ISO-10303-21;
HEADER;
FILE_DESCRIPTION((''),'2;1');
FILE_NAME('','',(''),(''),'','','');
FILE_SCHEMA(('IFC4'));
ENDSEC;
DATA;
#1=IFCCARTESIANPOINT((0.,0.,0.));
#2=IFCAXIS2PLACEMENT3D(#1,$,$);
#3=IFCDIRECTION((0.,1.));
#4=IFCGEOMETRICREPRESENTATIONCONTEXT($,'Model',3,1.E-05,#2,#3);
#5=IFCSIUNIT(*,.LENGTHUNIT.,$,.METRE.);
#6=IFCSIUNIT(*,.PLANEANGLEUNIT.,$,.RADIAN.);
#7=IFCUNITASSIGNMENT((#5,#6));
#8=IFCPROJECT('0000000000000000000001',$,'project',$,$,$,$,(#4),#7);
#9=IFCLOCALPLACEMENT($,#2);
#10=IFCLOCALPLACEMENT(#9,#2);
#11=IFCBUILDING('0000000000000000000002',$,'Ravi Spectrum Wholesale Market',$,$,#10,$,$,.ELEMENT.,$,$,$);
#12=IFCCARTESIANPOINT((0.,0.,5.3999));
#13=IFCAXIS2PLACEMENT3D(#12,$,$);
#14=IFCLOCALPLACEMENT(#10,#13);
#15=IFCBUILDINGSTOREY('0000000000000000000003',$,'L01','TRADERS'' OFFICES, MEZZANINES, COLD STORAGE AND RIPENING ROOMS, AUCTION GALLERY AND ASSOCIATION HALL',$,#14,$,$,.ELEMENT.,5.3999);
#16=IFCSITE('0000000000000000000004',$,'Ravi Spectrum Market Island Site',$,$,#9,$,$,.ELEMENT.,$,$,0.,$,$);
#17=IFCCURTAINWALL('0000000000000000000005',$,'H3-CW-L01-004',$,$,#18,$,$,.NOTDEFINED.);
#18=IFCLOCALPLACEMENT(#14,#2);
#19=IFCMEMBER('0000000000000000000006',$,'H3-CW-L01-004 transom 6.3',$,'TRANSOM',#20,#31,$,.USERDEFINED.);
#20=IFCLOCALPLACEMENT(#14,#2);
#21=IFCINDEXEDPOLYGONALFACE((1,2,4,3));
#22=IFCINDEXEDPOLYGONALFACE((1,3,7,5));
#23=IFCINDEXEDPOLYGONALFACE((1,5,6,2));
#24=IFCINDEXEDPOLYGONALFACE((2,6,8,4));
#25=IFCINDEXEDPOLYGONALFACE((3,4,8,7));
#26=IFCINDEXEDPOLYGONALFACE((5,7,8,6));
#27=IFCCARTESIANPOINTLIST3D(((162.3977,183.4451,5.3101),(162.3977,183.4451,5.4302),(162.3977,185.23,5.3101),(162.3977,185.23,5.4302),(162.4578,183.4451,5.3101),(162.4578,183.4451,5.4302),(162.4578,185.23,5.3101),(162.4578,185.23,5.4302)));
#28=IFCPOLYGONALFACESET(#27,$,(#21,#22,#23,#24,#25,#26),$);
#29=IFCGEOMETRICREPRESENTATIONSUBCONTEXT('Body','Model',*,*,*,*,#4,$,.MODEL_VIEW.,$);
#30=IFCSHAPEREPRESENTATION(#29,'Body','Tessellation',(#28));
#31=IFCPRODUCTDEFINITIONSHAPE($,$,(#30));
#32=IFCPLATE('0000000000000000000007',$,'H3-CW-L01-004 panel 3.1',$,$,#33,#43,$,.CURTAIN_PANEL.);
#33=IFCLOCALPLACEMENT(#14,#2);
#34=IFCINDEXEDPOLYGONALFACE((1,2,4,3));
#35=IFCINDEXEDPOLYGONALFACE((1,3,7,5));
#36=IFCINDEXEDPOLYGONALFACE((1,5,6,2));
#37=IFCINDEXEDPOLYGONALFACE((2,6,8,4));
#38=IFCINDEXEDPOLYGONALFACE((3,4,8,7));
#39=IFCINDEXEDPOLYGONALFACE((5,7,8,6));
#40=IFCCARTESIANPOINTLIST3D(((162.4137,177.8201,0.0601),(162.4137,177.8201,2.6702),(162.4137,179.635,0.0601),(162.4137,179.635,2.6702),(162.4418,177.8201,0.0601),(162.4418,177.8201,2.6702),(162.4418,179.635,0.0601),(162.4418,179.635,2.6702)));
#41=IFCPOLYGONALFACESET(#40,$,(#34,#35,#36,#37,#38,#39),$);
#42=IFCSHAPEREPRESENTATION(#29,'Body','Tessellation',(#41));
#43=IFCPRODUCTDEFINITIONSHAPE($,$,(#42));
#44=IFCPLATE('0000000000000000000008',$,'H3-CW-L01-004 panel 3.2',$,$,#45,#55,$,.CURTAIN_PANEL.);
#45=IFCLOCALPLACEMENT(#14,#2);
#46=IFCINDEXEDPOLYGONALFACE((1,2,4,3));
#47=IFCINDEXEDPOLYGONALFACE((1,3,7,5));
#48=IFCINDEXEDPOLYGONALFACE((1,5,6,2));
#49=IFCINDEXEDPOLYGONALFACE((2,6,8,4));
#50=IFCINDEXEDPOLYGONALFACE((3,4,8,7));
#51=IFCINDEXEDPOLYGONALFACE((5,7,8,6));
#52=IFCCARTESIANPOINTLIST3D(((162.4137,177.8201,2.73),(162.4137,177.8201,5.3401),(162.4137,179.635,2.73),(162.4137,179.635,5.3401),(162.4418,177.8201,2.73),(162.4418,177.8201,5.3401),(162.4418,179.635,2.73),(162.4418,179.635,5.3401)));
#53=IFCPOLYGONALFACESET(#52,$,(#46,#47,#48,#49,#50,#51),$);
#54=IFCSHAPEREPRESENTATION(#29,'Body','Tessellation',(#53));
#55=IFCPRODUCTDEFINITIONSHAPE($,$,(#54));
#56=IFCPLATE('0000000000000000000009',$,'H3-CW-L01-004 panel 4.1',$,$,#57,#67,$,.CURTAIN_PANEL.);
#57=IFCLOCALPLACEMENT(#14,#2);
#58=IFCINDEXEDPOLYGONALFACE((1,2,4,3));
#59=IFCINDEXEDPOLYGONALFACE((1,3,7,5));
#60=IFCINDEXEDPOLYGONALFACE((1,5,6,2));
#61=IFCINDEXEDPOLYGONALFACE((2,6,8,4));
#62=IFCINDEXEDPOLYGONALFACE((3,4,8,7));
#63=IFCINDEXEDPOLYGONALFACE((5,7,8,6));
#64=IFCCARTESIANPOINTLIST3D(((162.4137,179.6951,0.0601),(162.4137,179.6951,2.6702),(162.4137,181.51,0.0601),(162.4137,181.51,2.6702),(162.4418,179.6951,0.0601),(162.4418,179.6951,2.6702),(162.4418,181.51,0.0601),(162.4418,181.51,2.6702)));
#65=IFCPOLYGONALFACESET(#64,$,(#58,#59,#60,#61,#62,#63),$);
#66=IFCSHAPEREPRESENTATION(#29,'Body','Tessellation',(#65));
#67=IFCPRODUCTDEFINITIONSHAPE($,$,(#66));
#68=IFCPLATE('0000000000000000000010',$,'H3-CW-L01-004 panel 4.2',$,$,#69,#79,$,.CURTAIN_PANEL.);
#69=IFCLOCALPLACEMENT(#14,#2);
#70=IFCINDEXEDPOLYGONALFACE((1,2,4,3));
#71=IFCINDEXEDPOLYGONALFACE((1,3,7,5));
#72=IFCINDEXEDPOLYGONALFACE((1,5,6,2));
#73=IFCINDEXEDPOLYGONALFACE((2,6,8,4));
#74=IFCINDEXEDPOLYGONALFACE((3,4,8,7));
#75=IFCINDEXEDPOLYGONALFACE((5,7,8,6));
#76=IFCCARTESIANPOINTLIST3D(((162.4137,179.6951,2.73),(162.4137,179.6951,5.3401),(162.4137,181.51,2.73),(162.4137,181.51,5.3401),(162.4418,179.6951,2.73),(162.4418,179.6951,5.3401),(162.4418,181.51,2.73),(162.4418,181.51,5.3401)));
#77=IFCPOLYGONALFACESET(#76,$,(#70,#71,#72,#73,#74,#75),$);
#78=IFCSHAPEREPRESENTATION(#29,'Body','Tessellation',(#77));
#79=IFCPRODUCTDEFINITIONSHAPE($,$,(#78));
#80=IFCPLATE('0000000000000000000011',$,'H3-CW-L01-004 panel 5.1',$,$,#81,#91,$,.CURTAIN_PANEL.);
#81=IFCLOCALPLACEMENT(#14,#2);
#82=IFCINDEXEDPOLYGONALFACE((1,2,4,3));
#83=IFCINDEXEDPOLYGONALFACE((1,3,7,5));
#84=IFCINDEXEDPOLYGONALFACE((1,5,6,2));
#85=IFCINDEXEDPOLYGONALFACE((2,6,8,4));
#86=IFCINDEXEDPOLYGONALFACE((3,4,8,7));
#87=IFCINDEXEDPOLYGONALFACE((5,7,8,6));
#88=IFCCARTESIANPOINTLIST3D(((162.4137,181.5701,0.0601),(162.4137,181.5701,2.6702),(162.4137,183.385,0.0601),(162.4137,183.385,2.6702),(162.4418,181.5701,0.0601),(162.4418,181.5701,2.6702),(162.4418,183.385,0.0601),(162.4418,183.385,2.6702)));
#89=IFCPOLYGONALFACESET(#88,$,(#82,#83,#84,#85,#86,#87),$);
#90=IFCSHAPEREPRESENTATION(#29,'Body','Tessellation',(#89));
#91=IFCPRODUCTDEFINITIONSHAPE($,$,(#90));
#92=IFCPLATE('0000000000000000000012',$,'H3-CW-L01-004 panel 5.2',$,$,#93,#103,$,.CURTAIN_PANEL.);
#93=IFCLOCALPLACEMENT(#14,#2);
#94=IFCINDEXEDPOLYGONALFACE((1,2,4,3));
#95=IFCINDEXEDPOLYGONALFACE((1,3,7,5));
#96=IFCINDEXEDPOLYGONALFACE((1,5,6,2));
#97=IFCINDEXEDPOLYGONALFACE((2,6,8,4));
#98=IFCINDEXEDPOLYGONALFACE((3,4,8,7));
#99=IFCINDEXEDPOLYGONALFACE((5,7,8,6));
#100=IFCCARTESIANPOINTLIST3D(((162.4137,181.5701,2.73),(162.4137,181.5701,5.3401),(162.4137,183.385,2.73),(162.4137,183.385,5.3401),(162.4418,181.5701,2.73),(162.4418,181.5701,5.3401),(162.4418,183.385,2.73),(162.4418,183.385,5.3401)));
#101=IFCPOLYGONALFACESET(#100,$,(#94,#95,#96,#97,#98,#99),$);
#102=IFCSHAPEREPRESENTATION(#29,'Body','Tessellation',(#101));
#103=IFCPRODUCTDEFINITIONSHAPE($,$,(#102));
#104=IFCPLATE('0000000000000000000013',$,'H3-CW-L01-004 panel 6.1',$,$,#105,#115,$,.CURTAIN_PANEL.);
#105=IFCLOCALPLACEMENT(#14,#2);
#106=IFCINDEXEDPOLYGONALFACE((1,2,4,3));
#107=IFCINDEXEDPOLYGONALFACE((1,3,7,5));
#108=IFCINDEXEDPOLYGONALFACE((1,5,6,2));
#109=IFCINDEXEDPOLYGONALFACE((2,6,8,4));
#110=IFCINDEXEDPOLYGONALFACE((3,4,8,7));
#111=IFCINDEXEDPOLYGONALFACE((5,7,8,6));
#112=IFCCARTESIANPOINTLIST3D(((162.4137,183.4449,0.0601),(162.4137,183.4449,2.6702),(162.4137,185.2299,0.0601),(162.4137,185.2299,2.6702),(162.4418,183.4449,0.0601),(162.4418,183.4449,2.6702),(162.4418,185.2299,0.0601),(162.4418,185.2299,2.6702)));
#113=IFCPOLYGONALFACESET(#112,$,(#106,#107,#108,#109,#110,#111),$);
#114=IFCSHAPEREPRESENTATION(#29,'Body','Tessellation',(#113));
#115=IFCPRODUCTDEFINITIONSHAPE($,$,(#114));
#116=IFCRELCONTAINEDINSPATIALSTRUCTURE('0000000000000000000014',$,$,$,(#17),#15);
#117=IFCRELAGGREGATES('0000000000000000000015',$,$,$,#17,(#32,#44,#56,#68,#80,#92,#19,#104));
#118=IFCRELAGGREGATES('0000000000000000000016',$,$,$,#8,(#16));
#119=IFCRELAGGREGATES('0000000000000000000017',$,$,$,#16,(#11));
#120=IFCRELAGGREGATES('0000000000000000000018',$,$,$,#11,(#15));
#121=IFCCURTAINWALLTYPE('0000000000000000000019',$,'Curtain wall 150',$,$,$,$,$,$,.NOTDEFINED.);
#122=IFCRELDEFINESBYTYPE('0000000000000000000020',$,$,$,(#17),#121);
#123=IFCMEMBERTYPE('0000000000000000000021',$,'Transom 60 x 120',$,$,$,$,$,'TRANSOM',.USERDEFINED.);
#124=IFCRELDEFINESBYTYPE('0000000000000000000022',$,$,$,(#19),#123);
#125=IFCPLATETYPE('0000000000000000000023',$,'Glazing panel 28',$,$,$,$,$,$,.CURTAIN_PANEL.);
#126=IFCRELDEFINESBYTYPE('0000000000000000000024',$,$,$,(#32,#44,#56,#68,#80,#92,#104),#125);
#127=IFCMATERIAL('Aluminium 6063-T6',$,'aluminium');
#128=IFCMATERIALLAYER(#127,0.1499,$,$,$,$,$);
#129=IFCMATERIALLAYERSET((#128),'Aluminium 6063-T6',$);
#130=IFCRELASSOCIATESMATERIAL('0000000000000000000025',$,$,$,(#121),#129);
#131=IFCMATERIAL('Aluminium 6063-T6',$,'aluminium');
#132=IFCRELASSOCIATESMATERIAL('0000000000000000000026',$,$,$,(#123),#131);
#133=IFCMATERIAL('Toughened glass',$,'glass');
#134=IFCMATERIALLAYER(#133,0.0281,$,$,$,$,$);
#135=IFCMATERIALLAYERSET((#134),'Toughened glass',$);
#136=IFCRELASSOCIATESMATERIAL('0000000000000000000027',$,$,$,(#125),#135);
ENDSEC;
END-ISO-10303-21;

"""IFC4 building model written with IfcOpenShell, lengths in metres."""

from ifc_helpers import new_model, si_unit, direction, frame, origin, origin_2d, place, context, subcontext, project, spatial, rectangle, extrude, material, layer, layer_set, material_profile, profile_set, type_object, element, aggregate, save


model = new_model("IFC4")

# Units and contexts
model_context = context("Model", 3, precision=1e-05, world=origin(), true_north=direction((0.0, 1.0)))
body_context = subcontext(model_context, "Body", "Model", "MODEL_VIEW")
ifc_project = project(units=[si_unit("LENGTHUNIT", "METRE"), si_unit("PLANEANGLEUNIT", "RADIAN")], contexts=[model_context])

# Site, building, storey
site_placement = place(None, origin())
site = spatial("IfcSite", under=ifc_project, at=site_placement, Name="Ravi Spectrum Market Island Site", CompositionType="ELEMENT", RefElevation=0.0)
building_placement = place(site_placement, origin())
building = spatial("IfcBuilding", under=site, at=building_placement, Name="Ravi Spectrum Wholesale Market", CompositionType="ELEMENT")
storey_placement = place(building_placement, frame((0.0, 0.0, 5.3999)))
storey = spatial("IfcBuildingStorey", under=building, at=storey_placement, Name="L01", Description="TRADERS' OFFICES, MEZZANINES, COLD STORAGE AND RIPENING ROOMS, AUCTION GALLERY AND ASSOCIATION HALL", CompositionType="ELEMENT", Elevation=5.3999)

# Curtain wall, member, plates
ifc_material_1 = material(Name="Aluminium 6063-T6", Category="aluminium")
ifc_layer_1 = layer(ifc_material_1, 0.1499)
ifc_layer_set_1 = layer_set([ifc_layer_1], Name="Aluminium 6063-T6")
curtain_wall_type = type_object("IfcCurtainWallType", Name="Curtain wall 150", PredefinedType="NOTDEFINED", material=ifc_layer_set_1)
curtain_wall_placement = place(storey_placement, origin())
curtain_wall = element("IfcCurtainWall", 1, at=curtain_wall_placement, inside=storey, type_object=curtain_wall_type, Name="H3-CW-L01-004", PredefinedType="NOTDEFINED")
ifc_material_2 = material(Name="Aluminium 6063-T6", Category="aluminium")
ifc_material_profile_1 = material_profile(ifc_material_2, rectangle(XDim=0.0601, YDim=0.1201, at=origin_2d()))
ifc_profile_set_1 = profile_set([ifc_material_profile_1], Name="Aluminium 6063-T6")
member_type_1 = type_object("IfcMemberType", Name="Transom 60 x 120", ElementType="TRANSOM", PredefinedType="USERDEFINED", material=ifc_profile_set_1)
member_1_placement = place(storey_placement, frame((162.4277, 183.4451, 5.3701), z_axis=(0.0, 1.0, 0.0), x_axis=(-1.0, 0.0, 0.0)))
member_1 = element("IfcMember", 2, at=member_1_placement, type_object=member_type_1, Name="H3-CW-L01-004 transom 6.3", ObjectType="TRANSOM", PredefinedType="USERDEFINED", context=body_context, shape_type="SweptSolid", body=[
    extrude(rectangle(XDim=0.0601, YDim=0.1201, at=origin_2d()), origin(), (0.0, 0.0, 1.0), 1.7849),
])
ifc_material_3 = material(Name="Toughened glass", Category="glass")
ifc_layer_2 = layer(ifc_material_3, 0.0281)
ifc_layer_set_2 = layer_set([ifc_layer_2], Name="Toughened glass")
plate_type = type_object("IfcPlateType", Name="Glazing panel 28", PredefinedType="CURTAIN_PANEL", material=ifc_layer_set_2)
plate_1_placement = place(storey_placement, frame((162.4277, 178.7275, 0.0601), z_axis=(0.0, 0.0, 1.0), x_axis=(0.0, 1.0, 0.0)))
plate_1 = element("IfcPlate", 3, at=plate_1_placement, type_object=plate_type, Name="H3-CW-L01-004 panel 3.1", PredefinedType="CURTAIN_PANEL", context=body_context, shape_type="SweptSolid", body=[
    extrude(rectangle(XDim=1.8149, YDim=0.0281, at=origin_2d()), origin(), (0.0, 0.0, 1.0), 2.6101),
])
plate_2_placement = place(storey_placement, frame((162.4277, 178.7275, 2.73), z_axis=(0.0, 0.0, 1.0), x_axis=(0.0, 1.0, 0.0)))
plate_2 = element("IfcPlate", 4, at=plate_2_placement, type_object=plate_type, Name="H3-CW-L01-004 panel 3.2", PredefinedType="CURTAIN_PANEL", context=body_context, shape_type="SweptSolid", body=[
    extrude(rectangle(XDim=1.8149, YDim=0.0281, at=origin_2d()), origin(), (0.0, 0.0, 1.0), 2.6101),
])
plate_3_placement = place(storey_placement, frame((162.4277, 180.6025, 0.0601), z_axis=(0.0, 0.0, 1.0), x_axis=(0.0, 1.0, 0.0)))
plate_3 = element("IfcPlate", 5, at=plate_3_placement, type_object=plate_type, Name="H3-CW-L01-004 panel 4.1", PredefinedType="CURTAIN_PANEL", context=body_context, shape_type="SweptSolid", body=[
    extrude(rectangle(XDim=1.8149, YDim=0.0281, at=origin_2d()), origin(), (0.0, 0.0, 1.0), 2.6101),
])
plate_4_placement = place(storey_placement, frame((162.4277, 180.6025, 2.73), z_axis=(0.0, 0.0, 1.0), x_axis=(0.0, 1.0, 0.0)))
plate_4 = element("IfcPlate", 6, at=plate_4_placement, type_object=plate_type, Name="H3-CW-L01-004 panel 4.2", PredefinedType="CURTAIN_PANEL", context=body_context, shape_type="SweptSolid", body=[
    extrude(rectangle(XDim=1.8149, YDim=0.0281, at=origin_2d()), origin(), (0.0, 0.0, 1.0), 2.6101),
])
plate_5_placement = place(storey_placement, frame((162.4277, 182.4775, 0.0601), z_axis=(0.0, 0.0, 1.0), x_axis=(0.0, 1.0, 0.0)))
plate_5 = element("IfcPlate", 7, at=plate_5_placement, type_object=plate_type, Name="H3-CW-L01-004 panel 5.1", PredefinedType="CURTAIN_PANEL", context=body_context, shape_type="SweptSolid", body=[
    extrude(rectangle(XDim=1.8149, YDim=0.0281, at=origin_2d()), origin(), (0.0, 0.0, 1.0), 2.6101),
])
plate_6_placement = place(storey_placement, frame((162.4277, 182.4775, 2.73), z_axis=(0.0, 0.0, 1.0), x_axis=(0.0, 1.0, 0.0)))
plate_6 = element("IfcPlate", 8, at=plate_6_placement, type_object=plate_type, Name="H3-CW-L01-004 panel 5.2", PredefinedType="CURTAIN_PANEL", context=body_context, shape_type="SweptSolid", body=[
    extrude(rectangle(XDim=1.8149, YDim=0.0281, at=origin_2d()), origin(), (0.0, 0.0, 1.0), 2.6101),
])
plate_7_placement = place(storey_placement, frame((162.4277, 184.3374, 0.0601), z_axis=(0.0, 0.0, 1.0), x_axis=(0.0, 1.0, 0.0)))
plate_7 = element("IfcPlate", 9, at=plate_7_placement, type_object=plate_type, Name="H3-CW-L01-004 panel 6.1", PredefinedType="CURTAIN_PANEL", context=body_context, shape_type="SweptSolid", body=[
    extrude(rectangle(XDim=1.7849, YDim=0.0281, at=origin_2d()), origin(), (0.0, 0.0, 1.0), 2.6101),
])
aggregate(curtain_wall, [plate_1, plate_2, plate_3, plate_4, plate_5, plate_6, member_1, plate_7])

save(model, "model.ifc")
